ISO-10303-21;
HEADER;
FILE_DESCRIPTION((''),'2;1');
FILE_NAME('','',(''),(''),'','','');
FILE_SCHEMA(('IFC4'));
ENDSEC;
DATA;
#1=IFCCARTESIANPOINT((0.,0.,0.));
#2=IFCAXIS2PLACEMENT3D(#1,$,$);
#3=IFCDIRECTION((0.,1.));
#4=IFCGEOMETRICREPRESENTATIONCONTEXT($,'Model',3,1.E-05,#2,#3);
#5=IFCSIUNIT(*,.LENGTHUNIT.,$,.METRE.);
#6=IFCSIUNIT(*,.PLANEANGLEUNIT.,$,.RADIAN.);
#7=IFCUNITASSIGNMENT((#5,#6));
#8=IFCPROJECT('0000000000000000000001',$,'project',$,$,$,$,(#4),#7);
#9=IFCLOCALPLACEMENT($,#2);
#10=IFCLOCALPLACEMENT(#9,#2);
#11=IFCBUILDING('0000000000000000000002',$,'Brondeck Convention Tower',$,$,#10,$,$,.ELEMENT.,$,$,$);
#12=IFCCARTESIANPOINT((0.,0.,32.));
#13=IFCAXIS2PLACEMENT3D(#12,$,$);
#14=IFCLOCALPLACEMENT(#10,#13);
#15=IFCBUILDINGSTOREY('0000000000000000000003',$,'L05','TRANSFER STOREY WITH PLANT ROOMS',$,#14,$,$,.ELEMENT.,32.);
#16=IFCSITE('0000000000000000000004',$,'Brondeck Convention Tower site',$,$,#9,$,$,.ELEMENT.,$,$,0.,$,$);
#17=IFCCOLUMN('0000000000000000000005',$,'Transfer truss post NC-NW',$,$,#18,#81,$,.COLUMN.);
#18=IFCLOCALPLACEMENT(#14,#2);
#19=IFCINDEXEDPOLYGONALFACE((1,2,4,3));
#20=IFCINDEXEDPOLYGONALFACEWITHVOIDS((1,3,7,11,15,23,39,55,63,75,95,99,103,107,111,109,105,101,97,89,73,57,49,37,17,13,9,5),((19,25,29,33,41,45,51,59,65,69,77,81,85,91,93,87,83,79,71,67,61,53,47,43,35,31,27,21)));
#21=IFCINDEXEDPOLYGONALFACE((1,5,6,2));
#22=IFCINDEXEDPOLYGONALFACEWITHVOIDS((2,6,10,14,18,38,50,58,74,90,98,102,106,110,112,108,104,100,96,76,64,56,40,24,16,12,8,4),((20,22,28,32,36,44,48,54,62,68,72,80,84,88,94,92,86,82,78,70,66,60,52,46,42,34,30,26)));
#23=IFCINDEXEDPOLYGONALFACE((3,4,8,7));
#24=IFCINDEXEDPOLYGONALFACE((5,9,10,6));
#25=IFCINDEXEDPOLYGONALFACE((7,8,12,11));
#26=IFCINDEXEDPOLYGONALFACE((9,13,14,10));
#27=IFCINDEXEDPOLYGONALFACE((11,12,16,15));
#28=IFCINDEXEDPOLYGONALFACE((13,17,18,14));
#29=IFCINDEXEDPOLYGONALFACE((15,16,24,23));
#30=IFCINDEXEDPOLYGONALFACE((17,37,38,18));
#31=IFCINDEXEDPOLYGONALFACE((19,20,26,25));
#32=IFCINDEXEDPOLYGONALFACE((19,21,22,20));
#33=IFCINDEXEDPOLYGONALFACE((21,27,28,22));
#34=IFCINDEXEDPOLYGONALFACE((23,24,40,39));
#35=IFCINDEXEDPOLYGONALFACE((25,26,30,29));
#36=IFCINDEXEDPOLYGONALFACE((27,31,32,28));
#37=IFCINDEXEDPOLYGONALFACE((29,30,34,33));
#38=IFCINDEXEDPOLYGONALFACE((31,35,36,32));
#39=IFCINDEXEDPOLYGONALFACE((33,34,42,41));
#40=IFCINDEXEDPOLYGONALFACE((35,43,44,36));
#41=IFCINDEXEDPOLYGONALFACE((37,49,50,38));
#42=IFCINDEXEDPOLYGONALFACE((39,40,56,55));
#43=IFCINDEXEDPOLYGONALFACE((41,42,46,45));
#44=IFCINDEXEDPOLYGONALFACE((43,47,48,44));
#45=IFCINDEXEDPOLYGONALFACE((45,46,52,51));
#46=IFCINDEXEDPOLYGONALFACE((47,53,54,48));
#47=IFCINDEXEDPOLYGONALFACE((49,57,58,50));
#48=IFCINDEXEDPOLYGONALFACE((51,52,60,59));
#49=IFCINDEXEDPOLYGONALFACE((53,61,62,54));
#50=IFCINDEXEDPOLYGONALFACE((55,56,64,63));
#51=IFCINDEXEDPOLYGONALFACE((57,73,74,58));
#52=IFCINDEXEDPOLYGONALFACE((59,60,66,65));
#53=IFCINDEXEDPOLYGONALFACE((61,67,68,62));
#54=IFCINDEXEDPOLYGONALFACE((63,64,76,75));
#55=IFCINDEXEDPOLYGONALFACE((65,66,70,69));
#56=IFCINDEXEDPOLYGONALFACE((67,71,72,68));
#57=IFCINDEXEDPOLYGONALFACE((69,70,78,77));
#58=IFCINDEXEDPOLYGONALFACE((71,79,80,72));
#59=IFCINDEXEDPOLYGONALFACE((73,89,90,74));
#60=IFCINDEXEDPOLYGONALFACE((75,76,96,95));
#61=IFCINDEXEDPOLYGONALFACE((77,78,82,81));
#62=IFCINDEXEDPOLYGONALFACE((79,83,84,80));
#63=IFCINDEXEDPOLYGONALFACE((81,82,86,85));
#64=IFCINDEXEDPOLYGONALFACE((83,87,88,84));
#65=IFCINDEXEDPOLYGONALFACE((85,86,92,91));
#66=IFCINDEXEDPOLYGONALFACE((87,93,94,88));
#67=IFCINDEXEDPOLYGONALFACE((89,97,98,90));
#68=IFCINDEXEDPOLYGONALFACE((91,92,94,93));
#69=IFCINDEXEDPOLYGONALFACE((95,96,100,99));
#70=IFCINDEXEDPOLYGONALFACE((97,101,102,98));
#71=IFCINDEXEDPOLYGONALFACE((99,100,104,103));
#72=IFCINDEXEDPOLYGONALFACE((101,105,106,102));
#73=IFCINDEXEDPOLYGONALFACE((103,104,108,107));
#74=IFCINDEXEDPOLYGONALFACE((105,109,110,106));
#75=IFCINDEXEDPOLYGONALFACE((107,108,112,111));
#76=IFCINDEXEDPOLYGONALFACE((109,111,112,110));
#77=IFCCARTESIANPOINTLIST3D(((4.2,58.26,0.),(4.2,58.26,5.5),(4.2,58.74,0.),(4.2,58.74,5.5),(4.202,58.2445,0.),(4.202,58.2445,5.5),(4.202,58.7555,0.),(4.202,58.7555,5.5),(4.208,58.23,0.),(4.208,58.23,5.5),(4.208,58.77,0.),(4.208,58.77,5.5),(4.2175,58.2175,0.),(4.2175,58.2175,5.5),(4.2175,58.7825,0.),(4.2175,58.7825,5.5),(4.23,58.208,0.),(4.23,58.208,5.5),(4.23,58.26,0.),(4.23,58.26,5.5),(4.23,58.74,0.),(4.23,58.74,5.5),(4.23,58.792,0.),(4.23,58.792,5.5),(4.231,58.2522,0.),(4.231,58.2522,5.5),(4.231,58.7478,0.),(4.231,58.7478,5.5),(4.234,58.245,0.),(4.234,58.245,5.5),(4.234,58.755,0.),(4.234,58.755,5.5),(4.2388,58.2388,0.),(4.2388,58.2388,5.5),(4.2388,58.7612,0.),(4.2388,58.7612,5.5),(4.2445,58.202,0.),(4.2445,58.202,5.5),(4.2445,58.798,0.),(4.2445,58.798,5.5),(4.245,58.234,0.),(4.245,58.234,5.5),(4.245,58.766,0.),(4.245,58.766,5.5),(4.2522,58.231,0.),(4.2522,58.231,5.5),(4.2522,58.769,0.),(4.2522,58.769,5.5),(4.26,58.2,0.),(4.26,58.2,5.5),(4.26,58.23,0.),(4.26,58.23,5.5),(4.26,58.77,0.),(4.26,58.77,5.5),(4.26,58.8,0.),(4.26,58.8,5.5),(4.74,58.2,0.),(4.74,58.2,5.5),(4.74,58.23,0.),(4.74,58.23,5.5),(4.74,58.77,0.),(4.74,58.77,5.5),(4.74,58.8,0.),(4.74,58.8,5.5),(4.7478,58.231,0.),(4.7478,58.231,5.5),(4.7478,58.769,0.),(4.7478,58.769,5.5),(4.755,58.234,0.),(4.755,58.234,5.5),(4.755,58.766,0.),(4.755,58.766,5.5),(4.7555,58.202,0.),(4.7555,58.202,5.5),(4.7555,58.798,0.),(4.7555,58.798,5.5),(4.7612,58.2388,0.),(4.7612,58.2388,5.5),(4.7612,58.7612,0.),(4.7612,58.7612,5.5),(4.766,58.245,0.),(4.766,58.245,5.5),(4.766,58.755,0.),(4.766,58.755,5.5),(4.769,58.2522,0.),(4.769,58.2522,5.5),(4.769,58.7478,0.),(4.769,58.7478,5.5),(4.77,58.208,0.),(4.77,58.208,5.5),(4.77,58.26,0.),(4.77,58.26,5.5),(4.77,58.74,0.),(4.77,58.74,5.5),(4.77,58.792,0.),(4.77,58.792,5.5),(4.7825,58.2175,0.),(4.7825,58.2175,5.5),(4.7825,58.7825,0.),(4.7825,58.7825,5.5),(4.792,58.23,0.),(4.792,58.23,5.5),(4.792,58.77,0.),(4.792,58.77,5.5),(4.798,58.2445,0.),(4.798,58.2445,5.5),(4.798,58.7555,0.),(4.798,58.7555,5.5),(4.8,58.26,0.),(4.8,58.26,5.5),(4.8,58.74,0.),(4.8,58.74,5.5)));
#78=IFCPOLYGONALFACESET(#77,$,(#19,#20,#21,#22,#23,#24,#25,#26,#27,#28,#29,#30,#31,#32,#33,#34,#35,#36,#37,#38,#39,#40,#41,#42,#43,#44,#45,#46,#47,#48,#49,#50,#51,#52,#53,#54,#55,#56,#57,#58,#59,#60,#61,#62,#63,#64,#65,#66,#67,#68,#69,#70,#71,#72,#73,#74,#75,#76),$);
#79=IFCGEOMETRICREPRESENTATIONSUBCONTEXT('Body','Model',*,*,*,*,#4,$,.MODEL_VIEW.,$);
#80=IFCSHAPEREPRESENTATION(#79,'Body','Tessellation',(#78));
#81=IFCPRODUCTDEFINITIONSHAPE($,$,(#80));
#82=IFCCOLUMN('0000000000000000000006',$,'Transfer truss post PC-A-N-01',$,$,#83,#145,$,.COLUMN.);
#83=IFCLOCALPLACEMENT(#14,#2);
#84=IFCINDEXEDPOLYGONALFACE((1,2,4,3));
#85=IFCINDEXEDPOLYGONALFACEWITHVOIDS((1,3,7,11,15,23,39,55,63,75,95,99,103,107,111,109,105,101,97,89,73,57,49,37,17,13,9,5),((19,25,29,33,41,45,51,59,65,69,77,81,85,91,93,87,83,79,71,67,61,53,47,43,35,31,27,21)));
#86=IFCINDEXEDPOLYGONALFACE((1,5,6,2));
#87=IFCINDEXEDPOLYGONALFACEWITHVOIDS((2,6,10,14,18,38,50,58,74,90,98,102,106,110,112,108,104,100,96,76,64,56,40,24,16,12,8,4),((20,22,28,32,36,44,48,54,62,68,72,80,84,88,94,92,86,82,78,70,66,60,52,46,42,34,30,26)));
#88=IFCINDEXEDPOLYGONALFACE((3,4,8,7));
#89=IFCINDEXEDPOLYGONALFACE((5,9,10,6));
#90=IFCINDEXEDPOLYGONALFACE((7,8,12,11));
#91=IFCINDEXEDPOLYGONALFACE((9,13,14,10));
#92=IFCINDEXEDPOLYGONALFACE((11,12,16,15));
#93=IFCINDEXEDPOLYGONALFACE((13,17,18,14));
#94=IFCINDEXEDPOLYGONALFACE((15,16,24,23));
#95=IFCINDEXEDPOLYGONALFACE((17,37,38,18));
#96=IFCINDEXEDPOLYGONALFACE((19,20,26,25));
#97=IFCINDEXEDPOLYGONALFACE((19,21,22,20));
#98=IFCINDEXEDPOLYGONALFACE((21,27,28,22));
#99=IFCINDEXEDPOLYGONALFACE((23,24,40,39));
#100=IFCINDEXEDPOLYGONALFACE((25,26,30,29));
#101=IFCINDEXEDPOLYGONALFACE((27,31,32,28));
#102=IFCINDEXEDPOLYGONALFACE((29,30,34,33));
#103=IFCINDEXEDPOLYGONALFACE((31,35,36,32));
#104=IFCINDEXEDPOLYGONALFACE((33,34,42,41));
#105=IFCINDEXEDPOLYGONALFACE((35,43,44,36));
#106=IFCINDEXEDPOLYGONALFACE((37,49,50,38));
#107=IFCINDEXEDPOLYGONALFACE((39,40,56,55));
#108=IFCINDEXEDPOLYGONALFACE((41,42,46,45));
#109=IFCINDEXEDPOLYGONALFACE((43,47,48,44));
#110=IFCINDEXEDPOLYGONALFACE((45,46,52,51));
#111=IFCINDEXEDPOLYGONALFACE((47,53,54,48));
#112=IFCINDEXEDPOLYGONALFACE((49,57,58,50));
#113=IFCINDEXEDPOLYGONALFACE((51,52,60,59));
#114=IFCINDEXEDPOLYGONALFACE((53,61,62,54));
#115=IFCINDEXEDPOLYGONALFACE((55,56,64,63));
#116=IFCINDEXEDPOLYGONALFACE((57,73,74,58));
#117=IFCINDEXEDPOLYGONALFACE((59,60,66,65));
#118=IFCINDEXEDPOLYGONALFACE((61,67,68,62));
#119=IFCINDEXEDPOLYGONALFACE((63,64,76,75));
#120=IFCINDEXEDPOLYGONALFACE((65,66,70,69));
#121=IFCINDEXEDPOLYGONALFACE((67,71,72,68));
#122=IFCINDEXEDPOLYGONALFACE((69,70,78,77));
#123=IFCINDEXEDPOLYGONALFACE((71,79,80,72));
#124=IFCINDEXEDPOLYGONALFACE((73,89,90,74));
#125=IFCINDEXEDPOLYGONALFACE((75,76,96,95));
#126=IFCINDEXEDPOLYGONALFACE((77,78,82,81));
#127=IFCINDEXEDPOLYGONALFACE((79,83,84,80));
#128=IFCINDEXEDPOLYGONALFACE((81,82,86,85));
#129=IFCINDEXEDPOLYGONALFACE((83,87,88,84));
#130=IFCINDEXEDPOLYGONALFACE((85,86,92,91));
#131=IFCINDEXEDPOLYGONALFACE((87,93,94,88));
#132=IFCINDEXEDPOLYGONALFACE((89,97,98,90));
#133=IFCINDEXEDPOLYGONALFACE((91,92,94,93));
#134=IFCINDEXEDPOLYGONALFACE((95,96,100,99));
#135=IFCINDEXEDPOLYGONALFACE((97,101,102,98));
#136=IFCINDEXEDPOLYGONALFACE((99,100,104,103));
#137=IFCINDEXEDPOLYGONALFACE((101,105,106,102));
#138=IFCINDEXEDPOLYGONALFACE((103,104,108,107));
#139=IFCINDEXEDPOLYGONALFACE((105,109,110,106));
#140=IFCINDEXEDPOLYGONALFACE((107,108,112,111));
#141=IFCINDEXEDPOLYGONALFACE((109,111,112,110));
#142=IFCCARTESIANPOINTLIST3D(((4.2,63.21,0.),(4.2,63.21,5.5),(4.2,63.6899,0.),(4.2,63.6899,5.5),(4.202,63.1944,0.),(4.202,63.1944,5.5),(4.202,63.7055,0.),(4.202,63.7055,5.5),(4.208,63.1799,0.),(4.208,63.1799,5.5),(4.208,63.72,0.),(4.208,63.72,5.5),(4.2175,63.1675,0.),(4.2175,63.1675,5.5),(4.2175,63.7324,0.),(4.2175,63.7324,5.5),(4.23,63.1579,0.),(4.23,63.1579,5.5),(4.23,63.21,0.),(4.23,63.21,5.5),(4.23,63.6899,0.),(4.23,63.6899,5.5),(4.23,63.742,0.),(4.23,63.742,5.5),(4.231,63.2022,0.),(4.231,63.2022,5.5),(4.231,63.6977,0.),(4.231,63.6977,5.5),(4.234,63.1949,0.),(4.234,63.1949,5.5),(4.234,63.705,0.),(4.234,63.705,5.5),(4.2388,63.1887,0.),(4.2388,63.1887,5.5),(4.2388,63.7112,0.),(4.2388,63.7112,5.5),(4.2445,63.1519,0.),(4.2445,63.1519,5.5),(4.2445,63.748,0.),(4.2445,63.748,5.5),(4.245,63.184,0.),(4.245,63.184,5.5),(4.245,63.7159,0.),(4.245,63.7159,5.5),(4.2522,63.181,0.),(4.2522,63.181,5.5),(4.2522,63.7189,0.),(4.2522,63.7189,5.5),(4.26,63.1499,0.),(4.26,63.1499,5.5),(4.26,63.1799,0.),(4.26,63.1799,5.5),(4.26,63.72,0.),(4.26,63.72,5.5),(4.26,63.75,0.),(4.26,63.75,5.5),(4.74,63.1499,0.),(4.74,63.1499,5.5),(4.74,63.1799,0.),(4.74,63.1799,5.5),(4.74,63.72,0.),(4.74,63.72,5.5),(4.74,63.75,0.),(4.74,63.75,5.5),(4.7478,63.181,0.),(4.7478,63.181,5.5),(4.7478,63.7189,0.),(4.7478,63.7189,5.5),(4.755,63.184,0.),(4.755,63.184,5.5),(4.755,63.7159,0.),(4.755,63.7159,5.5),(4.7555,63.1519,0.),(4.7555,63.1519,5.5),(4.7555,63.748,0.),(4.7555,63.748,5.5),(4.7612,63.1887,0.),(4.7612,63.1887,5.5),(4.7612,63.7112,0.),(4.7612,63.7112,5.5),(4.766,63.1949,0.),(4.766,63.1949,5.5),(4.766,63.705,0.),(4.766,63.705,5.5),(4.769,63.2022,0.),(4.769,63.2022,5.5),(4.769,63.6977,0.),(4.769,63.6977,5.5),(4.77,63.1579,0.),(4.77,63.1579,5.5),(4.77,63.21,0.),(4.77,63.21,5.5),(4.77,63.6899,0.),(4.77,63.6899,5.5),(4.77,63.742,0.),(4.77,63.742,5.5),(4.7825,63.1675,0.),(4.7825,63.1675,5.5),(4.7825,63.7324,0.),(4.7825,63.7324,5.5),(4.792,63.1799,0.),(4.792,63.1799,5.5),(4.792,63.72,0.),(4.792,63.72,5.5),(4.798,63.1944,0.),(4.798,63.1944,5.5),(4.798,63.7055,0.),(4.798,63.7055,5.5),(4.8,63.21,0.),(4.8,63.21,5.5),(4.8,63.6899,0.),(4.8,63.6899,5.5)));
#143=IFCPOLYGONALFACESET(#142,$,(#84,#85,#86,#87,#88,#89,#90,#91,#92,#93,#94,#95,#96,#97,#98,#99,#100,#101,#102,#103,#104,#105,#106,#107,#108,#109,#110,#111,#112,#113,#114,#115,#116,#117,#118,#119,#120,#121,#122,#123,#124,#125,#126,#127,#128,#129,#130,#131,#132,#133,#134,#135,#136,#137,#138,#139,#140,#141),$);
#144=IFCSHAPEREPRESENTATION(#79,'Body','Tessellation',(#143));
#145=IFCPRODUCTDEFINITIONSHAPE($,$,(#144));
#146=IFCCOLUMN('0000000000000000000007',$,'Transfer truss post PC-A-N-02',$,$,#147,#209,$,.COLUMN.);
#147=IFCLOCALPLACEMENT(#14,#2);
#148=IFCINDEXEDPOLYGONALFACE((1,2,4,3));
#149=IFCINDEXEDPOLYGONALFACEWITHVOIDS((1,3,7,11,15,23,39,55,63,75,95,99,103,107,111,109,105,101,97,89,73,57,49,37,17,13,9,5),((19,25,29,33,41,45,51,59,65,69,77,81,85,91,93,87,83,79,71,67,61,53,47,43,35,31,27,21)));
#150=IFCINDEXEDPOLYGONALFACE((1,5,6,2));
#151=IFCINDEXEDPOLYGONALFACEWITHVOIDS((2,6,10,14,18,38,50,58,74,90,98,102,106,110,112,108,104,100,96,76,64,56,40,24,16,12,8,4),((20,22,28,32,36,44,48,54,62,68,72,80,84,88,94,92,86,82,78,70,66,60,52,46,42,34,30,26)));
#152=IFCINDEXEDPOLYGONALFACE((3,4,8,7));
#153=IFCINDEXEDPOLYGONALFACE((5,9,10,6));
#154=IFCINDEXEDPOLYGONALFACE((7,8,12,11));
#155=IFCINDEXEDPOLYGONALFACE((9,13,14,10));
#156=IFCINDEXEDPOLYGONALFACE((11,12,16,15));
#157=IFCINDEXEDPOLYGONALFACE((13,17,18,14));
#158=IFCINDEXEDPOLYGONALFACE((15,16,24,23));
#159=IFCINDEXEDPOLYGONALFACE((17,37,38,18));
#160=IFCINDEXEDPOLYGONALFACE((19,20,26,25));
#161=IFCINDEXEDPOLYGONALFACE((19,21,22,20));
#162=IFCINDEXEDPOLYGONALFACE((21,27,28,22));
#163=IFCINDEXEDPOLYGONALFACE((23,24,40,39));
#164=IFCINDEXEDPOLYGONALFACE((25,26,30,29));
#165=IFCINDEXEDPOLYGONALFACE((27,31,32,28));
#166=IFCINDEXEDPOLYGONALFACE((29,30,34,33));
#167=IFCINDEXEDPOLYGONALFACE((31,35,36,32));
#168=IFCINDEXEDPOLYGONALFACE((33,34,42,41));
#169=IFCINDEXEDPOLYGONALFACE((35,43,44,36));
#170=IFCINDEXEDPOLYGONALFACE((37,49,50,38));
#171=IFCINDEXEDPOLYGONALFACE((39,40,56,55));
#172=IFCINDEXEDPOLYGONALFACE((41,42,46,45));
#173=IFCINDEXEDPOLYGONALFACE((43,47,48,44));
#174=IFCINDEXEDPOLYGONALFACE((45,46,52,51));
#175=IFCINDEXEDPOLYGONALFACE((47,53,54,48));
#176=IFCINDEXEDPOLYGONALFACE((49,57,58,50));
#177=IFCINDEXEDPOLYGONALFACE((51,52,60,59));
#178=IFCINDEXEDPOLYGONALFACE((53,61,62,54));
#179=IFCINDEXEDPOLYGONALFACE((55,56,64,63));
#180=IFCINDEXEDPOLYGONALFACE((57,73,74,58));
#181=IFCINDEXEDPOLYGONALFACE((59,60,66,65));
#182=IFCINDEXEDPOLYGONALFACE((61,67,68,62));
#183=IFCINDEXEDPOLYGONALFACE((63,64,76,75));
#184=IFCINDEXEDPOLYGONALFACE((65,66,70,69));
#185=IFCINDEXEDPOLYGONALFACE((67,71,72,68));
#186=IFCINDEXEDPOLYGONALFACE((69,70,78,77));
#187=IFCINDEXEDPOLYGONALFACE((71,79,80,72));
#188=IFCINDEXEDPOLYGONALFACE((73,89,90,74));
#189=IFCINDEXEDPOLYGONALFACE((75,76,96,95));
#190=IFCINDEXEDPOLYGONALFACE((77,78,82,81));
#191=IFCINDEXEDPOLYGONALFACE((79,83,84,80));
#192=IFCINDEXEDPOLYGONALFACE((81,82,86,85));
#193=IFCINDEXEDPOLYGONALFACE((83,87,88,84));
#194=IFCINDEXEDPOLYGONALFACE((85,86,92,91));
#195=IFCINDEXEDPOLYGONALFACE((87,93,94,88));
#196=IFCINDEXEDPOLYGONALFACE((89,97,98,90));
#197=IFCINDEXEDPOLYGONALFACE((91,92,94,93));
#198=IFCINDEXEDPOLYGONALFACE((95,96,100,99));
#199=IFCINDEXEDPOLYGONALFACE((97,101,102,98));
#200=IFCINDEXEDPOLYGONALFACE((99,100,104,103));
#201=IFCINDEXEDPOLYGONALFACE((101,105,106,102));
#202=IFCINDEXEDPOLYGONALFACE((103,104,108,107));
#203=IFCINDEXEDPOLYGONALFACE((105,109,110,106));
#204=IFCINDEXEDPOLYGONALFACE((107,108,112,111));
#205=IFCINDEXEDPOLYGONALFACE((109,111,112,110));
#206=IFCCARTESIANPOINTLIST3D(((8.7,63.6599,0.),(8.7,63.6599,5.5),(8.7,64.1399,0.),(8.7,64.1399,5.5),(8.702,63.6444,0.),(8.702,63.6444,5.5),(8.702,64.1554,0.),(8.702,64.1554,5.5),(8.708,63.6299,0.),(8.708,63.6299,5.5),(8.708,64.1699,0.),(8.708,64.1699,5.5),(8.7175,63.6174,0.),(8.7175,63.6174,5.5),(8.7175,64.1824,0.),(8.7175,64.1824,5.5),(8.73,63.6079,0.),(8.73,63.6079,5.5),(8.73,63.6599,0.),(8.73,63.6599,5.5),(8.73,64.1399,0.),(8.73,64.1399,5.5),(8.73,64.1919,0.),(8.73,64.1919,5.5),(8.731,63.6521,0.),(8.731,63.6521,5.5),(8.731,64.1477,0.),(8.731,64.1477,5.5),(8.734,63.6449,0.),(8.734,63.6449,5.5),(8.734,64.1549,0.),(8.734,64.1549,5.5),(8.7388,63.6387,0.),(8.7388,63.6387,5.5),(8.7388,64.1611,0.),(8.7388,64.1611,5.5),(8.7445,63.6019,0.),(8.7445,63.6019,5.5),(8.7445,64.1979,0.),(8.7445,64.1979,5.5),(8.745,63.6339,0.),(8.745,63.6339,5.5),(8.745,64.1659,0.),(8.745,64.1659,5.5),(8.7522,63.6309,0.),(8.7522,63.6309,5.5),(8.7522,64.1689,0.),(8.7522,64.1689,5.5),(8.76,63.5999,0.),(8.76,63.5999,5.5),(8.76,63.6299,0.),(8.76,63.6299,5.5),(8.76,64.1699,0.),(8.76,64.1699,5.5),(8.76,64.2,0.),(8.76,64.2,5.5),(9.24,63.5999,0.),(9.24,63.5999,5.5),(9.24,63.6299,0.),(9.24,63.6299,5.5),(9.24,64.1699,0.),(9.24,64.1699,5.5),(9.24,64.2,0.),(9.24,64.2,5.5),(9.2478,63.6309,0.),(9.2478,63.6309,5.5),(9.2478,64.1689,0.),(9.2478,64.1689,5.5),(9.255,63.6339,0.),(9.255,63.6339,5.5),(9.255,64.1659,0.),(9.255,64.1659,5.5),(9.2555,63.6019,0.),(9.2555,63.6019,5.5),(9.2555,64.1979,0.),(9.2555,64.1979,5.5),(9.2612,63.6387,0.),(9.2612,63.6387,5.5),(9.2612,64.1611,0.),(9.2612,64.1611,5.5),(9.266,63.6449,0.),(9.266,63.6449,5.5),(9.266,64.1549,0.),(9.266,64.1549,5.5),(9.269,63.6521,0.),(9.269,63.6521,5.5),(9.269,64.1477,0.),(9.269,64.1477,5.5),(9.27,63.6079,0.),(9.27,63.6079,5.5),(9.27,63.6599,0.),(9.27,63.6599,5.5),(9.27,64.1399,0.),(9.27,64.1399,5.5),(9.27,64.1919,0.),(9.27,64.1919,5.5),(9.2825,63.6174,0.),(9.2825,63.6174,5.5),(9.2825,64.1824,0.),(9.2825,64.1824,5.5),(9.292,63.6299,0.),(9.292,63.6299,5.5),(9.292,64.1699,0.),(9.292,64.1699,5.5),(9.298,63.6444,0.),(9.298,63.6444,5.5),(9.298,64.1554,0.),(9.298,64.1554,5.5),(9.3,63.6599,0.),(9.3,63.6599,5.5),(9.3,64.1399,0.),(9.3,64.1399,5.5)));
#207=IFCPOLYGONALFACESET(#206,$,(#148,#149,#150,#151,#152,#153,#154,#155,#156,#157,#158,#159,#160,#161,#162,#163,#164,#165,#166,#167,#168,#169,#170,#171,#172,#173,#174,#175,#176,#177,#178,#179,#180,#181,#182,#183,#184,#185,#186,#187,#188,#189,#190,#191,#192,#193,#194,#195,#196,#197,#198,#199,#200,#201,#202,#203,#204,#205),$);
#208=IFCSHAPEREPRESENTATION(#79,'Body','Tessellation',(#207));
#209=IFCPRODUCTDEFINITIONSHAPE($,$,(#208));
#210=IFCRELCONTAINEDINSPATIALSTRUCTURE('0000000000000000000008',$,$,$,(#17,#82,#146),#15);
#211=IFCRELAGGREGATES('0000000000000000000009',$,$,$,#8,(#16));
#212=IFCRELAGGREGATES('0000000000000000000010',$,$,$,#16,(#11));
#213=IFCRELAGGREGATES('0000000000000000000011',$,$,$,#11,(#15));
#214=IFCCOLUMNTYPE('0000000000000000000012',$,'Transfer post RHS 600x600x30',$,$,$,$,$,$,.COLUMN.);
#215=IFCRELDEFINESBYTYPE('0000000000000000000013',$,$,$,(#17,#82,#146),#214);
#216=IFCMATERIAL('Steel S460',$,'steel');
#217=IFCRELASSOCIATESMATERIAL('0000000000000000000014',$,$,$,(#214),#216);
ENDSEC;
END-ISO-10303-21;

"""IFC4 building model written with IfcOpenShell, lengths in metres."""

from ifc_helpers import new_model, si_unit, direction, frame, origin, origin_2d, place, context, subcontext, project, spatial, hollow_rectangle, extrude, material, material_profile, profile_set, type_object, element, save


model = new_model("IFC4")

# Units and contexts
model_context = context("Model", 3, precision=1e-05, world=origin(), true_north=direction((0.0, 1.0)))
body_context = subcontext(model_context, "Body", "Model", "MODEL_VIEW")
ifc_project = project(units=[si_unit("LENGTHUNIT", "METRE"), si_unit("PLANEANGLEUNIT", "RADIAN")], contexts=[model_context])

# Site, building, storey
site_placement = place(None, origin())
site = spatial("IfcSite", under=ifc_project, at=site_placement, Name="Brondeck Convention Tower site", CompositionType="ELEMENT", RefElevation=0.0)
building_placement = place(site_placement, origin())
building = spatial("IfcBuilding", under=site, at=building_placement, Name="Brondeck Convention Tower", CompositionType="ELEMENT")
storey_placement = place(building_placement, frame((0.0, 0.0, 32.0)))
storey = spatial("IfcBuildingStorey", under=building, at=storey_placement, Name="L05", Description="TRANSFER STOREY WITH PLANT ROOMS", CompositionType="ELEMENT", Elevation=32.0)

# Columns
ifc_material_1 = material(Name="Steel S460", Category="steel")
ifc_material_profile_1 = material_profile(ifc_material_1, hollow_rectangle(XDim=0.6001, YDim=0.6001, WallThickness=0.03, InnerFilletRadius=0.03, OuterFilletRadius=0.0601, at=origin_2d()), Name="RHS 600x600x30")
ifc_profile_set_1 = profile_set([ifc_material_profile_1], Name="Steel S460")
column_type = type_object("IfcColumnType", Name="Transfer post RHS 600x600x30", PredefinedType="COLUMN", material=ifc_profile_set_1)
for number, where, z_axis, x_axis, name in (
    (1, (4.5, 58.5, 0.0), (0.0, 0.0, 1.0), (1.0, 0.0, 0.0), "Transfer truss post NC-NW"),
    (2, (4.5, 63.45, 0.0), (0.0, 0.0, 1.0), (1.0, 0.0, 0.0), "Transfer truss post PC-A-N-01"),
    (3, (9.0, 63.8999, 0.0), (0.0, 0.0, 1.0), (1.0, 0.0, 0.0), "Transfer truss post PC-A-N-02"),
):
    element("IfcColumn", number, at=place(storey_placement, frame(where, z_axis=z_axis, x_axis=x_axis)), inside=storey, type_object=column_type, Name=name, PredefinedType="COLUMN", context=body_context, shape_type="SweptSolid", body=[
        extrude(hollow_rectangle(XDim=0.6001, YDim=0.6001, WallThickness=0.03, InnerFilletRadius=0.03, OuterFilletRadius=0.0601, at=origin_2d()), origin(), (0.0, 0.0, 1.0), 5.5),
    ])

save(model, "model.ifc")
